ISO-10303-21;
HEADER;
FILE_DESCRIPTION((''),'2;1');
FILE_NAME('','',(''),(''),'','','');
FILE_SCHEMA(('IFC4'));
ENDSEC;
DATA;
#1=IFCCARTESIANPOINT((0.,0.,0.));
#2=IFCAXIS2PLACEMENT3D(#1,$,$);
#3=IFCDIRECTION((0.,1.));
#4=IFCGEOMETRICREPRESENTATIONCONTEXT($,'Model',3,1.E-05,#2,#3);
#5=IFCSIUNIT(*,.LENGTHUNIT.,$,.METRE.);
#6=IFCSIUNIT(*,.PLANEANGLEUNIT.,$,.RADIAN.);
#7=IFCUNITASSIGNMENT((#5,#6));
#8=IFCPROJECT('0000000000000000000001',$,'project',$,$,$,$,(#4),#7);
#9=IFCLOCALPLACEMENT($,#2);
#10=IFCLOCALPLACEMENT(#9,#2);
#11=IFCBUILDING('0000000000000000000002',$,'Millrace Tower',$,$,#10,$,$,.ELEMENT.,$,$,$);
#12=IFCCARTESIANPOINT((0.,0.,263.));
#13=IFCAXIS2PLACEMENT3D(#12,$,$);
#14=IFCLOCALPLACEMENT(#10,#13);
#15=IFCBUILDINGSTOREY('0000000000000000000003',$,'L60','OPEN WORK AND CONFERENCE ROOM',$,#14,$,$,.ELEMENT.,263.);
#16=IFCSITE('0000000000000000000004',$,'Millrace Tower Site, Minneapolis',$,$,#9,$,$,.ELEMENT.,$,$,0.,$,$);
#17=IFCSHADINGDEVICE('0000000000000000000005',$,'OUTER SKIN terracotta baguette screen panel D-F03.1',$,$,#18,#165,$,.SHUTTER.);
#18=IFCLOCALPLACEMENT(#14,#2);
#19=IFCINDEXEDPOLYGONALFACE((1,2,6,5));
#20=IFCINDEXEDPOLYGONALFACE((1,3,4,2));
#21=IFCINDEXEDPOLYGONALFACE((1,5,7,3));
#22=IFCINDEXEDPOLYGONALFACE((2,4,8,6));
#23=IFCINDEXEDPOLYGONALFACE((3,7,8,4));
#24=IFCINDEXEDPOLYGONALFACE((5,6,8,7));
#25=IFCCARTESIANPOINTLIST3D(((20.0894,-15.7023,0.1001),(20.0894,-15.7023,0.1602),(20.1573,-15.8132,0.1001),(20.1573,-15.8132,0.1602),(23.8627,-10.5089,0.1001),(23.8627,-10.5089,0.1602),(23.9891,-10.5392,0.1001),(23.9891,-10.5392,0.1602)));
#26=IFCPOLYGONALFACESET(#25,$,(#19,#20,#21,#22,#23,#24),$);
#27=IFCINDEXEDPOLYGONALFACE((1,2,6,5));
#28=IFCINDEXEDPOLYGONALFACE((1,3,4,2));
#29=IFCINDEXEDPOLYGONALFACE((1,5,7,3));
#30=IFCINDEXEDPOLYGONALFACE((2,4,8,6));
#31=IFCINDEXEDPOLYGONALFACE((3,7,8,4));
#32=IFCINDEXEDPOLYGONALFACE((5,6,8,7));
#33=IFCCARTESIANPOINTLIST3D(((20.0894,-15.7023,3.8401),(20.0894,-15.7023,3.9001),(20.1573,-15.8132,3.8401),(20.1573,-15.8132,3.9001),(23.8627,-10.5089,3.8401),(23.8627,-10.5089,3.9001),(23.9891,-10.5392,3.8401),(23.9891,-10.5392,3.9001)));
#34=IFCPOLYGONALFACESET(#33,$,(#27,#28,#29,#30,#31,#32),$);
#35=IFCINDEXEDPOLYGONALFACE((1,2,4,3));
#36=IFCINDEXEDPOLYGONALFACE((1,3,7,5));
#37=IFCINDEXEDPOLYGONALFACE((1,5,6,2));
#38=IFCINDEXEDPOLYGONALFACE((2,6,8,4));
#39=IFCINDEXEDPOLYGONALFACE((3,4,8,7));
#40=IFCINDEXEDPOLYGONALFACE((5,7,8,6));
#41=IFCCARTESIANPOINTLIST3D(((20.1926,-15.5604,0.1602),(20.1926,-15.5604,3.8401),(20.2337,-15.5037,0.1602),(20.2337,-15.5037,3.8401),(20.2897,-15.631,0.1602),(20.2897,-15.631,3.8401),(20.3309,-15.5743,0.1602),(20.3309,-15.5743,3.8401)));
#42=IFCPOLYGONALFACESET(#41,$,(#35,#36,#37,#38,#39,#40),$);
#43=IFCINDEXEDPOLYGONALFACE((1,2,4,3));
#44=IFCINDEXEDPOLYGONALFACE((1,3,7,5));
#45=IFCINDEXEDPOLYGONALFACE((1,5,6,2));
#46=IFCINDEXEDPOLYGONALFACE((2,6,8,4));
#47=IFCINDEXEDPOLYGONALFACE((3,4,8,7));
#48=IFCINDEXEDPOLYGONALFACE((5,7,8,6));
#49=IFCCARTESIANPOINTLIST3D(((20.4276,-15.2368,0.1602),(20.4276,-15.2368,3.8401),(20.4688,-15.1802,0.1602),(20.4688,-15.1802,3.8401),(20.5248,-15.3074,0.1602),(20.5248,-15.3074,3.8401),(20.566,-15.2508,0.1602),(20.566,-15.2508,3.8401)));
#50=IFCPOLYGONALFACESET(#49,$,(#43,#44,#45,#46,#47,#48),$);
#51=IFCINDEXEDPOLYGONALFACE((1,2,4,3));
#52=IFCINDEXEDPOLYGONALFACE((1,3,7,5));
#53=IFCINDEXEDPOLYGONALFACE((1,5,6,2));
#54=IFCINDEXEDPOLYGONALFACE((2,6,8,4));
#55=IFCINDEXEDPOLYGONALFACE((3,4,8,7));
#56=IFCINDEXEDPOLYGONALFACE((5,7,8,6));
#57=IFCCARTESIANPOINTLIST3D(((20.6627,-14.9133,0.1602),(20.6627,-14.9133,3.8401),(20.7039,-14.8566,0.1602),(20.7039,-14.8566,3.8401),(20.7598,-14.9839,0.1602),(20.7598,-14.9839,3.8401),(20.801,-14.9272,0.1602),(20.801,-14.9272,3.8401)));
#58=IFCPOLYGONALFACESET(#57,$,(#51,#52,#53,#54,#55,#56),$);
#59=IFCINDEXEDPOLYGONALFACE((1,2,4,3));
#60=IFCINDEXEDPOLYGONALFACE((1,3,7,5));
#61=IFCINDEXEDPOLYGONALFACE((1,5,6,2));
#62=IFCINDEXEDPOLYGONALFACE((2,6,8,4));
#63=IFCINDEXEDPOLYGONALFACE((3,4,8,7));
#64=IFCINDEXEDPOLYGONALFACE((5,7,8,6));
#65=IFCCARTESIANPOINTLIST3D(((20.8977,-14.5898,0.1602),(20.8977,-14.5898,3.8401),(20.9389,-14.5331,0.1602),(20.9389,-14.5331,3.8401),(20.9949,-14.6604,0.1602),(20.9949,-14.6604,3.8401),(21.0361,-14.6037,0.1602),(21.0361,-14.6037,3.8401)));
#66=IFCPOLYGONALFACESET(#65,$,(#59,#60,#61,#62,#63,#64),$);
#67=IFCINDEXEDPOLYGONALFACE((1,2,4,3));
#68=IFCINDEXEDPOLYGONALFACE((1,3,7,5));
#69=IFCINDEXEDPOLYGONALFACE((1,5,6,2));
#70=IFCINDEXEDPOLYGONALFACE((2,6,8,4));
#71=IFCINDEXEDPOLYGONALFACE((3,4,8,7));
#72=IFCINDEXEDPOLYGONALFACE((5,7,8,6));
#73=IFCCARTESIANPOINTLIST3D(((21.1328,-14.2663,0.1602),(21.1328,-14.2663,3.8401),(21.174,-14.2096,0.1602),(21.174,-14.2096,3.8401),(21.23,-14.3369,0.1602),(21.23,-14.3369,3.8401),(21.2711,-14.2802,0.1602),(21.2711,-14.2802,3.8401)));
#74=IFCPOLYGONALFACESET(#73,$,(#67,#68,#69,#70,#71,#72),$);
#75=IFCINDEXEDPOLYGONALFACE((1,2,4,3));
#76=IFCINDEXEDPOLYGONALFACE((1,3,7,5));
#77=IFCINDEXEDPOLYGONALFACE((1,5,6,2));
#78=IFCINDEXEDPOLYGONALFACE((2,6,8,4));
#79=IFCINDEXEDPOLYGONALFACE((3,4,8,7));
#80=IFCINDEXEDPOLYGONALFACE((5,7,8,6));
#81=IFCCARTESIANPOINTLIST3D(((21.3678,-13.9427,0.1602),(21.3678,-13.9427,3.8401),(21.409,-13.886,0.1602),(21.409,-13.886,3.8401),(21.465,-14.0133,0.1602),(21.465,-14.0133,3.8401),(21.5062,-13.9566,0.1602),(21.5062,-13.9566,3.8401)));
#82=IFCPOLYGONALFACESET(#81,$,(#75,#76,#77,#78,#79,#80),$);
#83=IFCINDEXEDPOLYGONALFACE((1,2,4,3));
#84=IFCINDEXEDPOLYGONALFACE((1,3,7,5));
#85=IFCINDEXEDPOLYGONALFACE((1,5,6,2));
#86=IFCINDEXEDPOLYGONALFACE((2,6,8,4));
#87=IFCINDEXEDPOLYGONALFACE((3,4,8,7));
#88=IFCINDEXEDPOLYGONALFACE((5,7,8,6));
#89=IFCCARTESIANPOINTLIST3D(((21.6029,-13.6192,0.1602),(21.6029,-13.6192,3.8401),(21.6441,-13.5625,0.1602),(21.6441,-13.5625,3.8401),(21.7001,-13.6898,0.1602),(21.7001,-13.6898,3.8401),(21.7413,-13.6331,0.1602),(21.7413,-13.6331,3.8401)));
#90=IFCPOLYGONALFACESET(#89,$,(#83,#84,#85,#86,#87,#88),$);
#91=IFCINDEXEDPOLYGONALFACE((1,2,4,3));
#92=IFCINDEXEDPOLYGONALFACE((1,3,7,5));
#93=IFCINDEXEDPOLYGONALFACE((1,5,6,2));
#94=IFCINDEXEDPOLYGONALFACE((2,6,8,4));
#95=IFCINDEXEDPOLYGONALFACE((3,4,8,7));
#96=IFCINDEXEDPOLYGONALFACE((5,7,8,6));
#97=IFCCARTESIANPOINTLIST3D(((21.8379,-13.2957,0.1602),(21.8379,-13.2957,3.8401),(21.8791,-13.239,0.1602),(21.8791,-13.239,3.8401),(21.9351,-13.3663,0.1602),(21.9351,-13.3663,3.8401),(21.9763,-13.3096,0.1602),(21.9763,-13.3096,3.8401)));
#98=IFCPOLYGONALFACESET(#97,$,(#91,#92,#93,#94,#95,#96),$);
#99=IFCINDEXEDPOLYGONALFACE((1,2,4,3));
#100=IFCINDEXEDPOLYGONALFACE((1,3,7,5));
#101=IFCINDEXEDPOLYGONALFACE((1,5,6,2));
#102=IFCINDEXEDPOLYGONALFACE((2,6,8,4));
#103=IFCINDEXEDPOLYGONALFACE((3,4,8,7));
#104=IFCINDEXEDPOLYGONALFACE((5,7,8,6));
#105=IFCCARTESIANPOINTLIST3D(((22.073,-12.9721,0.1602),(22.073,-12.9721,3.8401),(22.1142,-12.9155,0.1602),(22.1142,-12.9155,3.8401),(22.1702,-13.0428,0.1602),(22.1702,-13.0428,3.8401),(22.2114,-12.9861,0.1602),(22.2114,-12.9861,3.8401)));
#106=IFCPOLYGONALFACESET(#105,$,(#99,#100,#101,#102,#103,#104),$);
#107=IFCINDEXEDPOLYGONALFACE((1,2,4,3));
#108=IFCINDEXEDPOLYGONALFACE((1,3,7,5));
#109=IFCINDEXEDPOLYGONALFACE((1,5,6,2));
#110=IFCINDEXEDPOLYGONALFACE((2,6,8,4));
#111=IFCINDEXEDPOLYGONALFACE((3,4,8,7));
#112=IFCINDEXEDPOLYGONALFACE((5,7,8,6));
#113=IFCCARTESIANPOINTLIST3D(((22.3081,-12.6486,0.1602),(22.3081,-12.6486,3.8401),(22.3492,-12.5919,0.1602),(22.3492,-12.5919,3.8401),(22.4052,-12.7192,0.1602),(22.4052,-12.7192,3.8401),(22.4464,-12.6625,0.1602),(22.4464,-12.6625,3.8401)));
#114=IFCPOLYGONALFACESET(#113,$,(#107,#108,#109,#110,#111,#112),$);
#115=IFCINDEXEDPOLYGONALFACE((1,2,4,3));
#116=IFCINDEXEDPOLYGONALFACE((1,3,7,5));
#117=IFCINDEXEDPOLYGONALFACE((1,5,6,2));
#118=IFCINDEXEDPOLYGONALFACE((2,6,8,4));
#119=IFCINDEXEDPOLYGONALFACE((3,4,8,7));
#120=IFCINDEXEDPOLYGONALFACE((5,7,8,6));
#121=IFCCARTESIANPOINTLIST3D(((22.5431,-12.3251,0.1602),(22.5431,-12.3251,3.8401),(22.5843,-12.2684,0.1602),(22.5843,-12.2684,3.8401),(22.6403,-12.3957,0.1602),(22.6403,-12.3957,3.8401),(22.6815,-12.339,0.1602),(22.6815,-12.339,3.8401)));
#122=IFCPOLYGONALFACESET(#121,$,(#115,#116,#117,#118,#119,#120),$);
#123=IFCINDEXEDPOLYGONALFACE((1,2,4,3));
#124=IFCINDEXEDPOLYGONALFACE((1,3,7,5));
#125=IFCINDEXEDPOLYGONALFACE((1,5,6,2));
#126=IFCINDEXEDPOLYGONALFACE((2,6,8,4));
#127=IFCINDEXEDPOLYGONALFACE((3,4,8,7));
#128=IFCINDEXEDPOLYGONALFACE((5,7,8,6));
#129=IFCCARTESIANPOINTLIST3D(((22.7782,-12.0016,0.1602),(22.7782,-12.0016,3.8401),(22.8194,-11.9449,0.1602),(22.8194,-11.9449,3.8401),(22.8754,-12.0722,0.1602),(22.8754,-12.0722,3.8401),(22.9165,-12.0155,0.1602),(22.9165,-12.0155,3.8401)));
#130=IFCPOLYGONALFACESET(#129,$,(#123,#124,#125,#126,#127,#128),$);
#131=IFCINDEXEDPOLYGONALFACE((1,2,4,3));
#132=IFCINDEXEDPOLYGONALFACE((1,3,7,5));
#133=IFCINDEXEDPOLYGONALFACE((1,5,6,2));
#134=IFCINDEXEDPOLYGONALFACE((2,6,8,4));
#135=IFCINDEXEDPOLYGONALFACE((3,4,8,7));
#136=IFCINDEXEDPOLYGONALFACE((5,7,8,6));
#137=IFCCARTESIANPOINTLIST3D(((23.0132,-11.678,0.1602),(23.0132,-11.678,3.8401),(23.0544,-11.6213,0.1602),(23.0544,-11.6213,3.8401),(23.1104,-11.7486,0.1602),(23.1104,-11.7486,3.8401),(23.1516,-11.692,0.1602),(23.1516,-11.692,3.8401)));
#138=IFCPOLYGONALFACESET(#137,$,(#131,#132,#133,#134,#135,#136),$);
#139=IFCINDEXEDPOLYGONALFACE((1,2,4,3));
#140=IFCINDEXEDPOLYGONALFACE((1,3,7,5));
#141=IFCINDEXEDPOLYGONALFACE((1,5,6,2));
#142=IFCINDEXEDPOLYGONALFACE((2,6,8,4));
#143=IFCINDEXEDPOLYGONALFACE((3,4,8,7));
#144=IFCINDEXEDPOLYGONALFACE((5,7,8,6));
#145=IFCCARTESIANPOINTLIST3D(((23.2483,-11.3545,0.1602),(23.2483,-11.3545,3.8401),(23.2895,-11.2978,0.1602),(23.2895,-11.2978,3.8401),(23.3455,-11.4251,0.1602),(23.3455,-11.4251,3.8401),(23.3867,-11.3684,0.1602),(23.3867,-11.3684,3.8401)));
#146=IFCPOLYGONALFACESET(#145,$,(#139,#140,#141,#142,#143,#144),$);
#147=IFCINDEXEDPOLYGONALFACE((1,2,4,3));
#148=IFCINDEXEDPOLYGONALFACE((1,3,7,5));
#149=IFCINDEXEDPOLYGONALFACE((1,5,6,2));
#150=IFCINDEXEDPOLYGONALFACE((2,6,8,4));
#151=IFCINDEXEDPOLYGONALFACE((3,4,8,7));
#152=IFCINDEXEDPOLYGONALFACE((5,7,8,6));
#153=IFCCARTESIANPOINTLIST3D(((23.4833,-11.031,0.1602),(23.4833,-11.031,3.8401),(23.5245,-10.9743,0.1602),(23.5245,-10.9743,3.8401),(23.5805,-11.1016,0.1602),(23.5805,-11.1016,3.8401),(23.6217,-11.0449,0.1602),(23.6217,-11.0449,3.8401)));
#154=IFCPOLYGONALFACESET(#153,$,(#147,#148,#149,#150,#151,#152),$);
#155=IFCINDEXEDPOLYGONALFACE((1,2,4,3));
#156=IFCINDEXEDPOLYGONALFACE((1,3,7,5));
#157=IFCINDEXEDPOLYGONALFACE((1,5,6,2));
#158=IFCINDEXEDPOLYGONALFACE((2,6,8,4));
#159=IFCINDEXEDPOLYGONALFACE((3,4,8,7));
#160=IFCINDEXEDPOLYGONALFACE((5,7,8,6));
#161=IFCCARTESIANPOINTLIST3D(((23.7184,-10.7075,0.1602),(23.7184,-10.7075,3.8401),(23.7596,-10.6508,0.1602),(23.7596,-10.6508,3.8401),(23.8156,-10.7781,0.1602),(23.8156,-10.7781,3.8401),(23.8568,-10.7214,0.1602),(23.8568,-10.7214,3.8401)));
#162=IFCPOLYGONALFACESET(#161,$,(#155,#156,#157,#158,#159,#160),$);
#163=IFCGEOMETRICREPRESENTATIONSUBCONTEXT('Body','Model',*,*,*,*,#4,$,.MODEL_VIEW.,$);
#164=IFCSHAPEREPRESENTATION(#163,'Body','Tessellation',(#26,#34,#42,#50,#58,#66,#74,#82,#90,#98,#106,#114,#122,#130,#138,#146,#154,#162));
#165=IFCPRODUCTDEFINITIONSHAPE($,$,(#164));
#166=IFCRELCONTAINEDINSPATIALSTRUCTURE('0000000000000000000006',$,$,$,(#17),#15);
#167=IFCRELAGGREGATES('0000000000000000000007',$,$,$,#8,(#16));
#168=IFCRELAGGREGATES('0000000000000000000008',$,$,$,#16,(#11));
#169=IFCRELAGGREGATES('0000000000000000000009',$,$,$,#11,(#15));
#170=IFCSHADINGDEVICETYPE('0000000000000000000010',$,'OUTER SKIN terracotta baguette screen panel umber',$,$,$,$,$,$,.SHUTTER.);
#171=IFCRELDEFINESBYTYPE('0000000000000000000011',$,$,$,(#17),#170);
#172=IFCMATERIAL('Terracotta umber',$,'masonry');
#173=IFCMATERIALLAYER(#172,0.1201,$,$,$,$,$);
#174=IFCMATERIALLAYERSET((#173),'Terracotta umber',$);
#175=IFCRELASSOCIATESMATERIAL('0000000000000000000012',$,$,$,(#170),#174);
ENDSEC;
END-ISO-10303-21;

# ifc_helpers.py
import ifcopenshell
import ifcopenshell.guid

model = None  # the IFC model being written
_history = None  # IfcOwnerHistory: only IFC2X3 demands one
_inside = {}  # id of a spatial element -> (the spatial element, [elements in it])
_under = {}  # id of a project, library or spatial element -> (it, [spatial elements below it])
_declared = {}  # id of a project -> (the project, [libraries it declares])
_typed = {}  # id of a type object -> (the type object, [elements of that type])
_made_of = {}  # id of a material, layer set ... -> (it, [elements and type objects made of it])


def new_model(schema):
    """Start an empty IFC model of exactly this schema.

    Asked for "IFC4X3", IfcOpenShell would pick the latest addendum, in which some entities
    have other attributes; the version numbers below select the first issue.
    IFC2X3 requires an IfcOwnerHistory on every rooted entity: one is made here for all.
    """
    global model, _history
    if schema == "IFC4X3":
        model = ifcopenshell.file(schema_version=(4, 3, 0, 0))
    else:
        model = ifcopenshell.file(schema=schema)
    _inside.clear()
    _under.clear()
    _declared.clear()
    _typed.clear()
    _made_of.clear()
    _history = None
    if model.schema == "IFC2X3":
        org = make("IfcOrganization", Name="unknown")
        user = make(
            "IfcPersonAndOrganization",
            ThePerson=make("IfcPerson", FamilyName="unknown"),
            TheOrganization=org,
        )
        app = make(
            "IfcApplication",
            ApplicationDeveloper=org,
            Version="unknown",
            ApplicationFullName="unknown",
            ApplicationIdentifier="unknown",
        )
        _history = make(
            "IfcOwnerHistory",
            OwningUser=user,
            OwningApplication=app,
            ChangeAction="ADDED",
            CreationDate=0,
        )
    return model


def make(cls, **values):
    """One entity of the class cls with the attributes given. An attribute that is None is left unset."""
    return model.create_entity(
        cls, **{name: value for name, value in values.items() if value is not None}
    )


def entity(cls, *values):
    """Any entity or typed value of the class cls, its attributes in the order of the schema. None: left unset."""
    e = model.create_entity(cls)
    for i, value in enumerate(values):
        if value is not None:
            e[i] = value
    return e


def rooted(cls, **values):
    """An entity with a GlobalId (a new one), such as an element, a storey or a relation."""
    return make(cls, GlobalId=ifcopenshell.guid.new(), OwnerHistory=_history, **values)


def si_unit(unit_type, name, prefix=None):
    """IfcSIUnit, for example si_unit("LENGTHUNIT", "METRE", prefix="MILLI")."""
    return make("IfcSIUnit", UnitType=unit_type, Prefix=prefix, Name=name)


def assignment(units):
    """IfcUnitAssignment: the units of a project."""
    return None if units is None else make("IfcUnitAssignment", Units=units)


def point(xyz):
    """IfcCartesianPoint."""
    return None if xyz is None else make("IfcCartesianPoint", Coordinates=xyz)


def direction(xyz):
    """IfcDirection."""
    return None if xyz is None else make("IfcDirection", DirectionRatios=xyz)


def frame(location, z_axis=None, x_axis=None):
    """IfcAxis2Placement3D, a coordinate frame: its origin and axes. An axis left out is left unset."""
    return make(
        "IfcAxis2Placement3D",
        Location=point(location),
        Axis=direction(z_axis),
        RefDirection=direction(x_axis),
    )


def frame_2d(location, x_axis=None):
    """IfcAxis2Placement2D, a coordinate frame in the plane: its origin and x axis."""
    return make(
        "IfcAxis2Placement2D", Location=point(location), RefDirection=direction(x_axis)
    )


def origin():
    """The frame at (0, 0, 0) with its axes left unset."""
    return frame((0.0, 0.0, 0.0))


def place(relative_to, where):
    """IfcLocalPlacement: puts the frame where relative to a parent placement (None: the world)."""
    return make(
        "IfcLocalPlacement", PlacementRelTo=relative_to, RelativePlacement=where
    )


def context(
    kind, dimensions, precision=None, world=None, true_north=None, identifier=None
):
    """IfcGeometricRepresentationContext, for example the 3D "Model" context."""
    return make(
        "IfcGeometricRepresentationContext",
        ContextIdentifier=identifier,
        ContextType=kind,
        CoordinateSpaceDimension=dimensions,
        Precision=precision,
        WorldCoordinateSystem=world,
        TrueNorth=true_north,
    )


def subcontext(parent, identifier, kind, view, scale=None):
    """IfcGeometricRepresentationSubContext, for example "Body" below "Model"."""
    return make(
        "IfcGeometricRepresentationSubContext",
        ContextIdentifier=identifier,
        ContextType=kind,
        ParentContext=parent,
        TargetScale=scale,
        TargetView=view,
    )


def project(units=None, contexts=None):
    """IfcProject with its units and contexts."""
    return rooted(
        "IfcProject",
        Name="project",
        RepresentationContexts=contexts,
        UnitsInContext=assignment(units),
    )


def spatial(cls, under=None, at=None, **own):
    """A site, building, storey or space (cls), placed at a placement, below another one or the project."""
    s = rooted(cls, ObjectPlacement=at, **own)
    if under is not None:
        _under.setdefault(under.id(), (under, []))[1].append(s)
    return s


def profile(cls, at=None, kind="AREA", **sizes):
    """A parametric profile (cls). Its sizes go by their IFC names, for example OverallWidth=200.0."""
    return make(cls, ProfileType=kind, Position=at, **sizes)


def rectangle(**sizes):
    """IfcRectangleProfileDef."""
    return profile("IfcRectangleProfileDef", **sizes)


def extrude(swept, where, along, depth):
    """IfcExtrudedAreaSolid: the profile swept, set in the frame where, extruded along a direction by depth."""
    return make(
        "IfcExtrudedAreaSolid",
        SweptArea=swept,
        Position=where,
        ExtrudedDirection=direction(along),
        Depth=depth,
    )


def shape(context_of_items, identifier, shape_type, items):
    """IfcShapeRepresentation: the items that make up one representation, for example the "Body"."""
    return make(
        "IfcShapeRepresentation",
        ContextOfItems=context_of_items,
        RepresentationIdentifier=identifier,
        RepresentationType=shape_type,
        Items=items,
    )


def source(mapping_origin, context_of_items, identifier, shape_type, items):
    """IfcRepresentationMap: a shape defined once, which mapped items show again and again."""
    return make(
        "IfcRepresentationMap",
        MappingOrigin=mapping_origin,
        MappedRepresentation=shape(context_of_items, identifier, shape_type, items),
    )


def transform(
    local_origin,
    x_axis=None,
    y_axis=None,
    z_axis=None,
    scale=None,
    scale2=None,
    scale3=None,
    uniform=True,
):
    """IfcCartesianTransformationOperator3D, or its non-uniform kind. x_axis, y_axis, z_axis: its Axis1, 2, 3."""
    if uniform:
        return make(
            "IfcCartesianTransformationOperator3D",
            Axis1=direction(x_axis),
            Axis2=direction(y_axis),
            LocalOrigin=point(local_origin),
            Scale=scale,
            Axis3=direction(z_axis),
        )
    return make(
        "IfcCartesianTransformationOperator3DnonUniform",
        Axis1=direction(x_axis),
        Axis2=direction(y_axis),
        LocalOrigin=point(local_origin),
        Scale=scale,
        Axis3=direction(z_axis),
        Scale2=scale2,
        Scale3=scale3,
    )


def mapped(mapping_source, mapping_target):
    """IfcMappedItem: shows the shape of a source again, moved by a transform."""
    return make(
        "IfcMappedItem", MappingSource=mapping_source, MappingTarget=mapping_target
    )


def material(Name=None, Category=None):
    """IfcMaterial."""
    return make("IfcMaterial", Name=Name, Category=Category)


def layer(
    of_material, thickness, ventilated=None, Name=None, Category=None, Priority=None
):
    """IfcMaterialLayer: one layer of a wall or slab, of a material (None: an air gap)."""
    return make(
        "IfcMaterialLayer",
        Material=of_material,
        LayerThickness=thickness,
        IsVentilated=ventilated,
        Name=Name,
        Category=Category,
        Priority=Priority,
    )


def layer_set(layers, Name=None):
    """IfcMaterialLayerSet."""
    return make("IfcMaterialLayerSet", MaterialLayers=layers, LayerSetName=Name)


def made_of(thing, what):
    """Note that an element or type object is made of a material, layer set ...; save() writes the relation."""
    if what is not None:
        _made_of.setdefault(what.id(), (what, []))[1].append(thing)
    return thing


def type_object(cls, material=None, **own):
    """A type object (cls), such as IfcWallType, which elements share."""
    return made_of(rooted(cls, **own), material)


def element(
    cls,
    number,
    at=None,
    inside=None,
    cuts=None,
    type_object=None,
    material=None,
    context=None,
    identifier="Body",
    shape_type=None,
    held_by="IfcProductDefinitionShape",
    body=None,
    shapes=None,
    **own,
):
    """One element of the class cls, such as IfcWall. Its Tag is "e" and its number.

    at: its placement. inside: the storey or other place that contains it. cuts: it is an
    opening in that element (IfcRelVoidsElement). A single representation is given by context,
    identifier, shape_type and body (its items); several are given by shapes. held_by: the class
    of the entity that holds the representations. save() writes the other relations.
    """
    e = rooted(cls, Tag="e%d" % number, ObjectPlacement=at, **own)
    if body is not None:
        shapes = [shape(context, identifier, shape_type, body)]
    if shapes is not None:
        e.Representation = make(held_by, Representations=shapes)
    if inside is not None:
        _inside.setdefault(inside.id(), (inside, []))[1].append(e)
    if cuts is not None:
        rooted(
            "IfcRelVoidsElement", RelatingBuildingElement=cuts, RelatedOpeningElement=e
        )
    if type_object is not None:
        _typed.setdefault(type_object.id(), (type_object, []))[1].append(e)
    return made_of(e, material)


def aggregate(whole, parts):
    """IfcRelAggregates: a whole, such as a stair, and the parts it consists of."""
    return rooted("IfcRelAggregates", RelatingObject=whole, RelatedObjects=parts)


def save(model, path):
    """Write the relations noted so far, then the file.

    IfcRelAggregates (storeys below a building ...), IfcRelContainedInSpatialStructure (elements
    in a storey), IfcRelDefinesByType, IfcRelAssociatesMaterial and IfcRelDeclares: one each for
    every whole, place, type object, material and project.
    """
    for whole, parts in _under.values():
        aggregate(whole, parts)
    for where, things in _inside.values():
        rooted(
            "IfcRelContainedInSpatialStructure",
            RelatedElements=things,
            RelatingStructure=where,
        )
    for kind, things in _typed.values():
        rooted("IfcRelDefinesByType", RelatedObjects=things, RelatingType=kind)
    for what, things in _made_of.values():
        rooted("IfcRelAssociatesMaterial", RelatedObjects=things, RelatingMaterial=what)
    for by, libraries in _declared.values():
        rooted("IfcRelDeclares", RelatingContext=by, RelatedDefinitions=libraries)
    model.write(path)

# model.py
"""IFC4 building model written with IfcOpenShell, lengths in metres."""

from ifc_helpers import new_model, entity, si_unit, direction, frame, frame_2d, origin, place, context, subcontext, project, spatial, rectangle, extrude, source, transform, mapped, material, layer, layer_set, type_object, element, save


model = new_model("IFC4")

# Units and contexts
model_context = context("Model", 3, precision=1e-05, world=origin(), true_north=direction((0.0, 1.0)))
body_context = subcontext(model_context, "Body", "Model", "MODEL_VIEW")
ifc_project = project(units=[si_unit("LENGTHUNIT", "METRE"), si_unit("PLANEANGLEUNIT", "RADIAN")], contexts=[model_context])

# Site, building, storey
site_placement = place(None, origin())
site = spatial("IfcSite", under=ifc_project, at=site_placement, Name="Millrace Tower Site, Minneapolis", CompositionType="ELEMENT", RefElevation=0.0)
building_placement = place(site_placement, origin())
building = spatial("IfcBuilding", under=site, at=building_placement, Name="Millrace Tower", CompositionType="ELEMENT")
storey_placement = place(building_placement, frame((0.0, 0.0, 263.0)))
storey = spatial("IfcBuildingStorey", under=building, at=storey_placement, Name="L60", Description="OPEN WORK AND CONFERENCE ROOM", CompositionType="ELEMENT", Elevation=263.0)

# Shading device
ifc_material_1 = material(Name="Terracotta umber", Category="masonry")
ifc_layer_1 = layer(ifc_material_1, 0.1201)
ifc_layer_set_1 = layer_set([ifc_layer_1], Name="Terracotta umber")
shading_device_type = type_object("IfcShadingDeviceType", Name="OUTER SKIN terracotta baguette screen panel umber", PredefinedType="SHUTTER", material=ifc_layer_set_1)
cartesian_point_1 = entity("IfcCartesianPoint", [-3.2097, 0.0601])
shared_polyline_1 = entity("IfcPolyline", [cartesian_point_1, entity("IfcCartesianPoint", [3.2097, 0.0601]), entity("IfcCartesianPoint", [3.2595, -0.0601]), entity("IfcCartesianPoint", [-3.2595, -0.0601]), cartesian_point_1])
shared_shape_1 = source(origin(), body_context, "Body", "SweptSolid", [
    entity("IfcExtrudedAreaSolid", entity("IfcArbitraryClosedProfileDef", "AREA", None, shared_polyline_1), entity("IfcAxis2Placement3D", entity("IfcCartesianPoint", [0.0, 0.0, 0.0])), entity("IfcDirection", [0.0, 0.0, 1.0]), 0.0601),
    entity("IfcExtrudedAreaSolid", entity("IfcArbitraryClosedProfileDef", "AREA", None, shared_polyline_1), entity("IfcAxis2Placement3D", entity("IfcCartesianPoint", [0.0, 0.0, 3.74])), entity("IfcDirection", [0.0, 0.0, 1.0]), 0.0601),
    extrude(rectangle(XDim=0.0701, YDim=0.1201, at=frame_2d((-2.9993, 0.0))), frame((0.0, 0.0, 0.0601)), (0.0, 0.0, 1.0), 3.6799),
    extrude(rectangle(XDim=0.0701, YDim=0.1201, at=frame_2d((-2.5994, 0.0))), frame((0.0, 0.0, 0.0601)), (0.0, 0.0, 1.0), 3.6799),
    extrude(rectangle(XDim=0.0701, YDim=0.1201, at=frame_2d((-2.1995, 0.0))), frame((0.0, 0.0, 0.0601)), (0.0, 0.0, 1.0), 3.6799),
    extrude(rectangle(XDim=0.0701, YDim=0.1201, at=frame_2d((-1.7996, 0.0))), frame((0.0, 0.0, 0.0601)), (0.0, 0.0, 1.0), 3.6799),
    extrude(rectangle(XDim=0.0701, YDim=0.1201, at=frame_2d((-1.3997, 0.0))), frame((0.0, 0.0, 0.0601)), (0.0, 0.0, 1.0), 3.6799),
    extrude(rectangle(XDim=0.0701, YDim=0.1201, at=frame_2d((-0.9998, 0.0))), frame((0.0, 0.0, 0.0601)), (0.0, 0.0, 1.0), 3.6799),
    extrude(rectangle(XDim=0.0701, YDim=0.1201, at=frame_2d((-0.5999, 0.0))), frame((0.0, 0.0, 0.0601)), (0.0, 0.0, 1.0), 3.6799),
    extrude(rectangle(XDim=0.0701, YDim=0.1201, at=frame_2d((-0.2, 0.0))), frame((0.0, 0.0, 0.0601)), (0.0, 0.0, 1.0), 3.6799),
    extrude(rectangle(XDim=0.0701, YDim=0.1201, at=frame_2d((0.2, 0.0))), frame((0.0, 0.0, 0.0601)), (0.0, 0.0, 1.0), 3.6799),
    extrude(rectangle(XDim=0.0701, YDim=0.1201, at=frame_2d((0.5999, 0.0))), frame((0.0, 0.0, 0.0601)), (0.0, 0.0, 1.0), 3.6799),
    extrude(rectangle(XDim=0.0701, YDim=0.1201, at=frame_2d((0.9998, 0.0))), frame((0.0, 0.0, 0.0601)), (0.0, 0.0, 1.0), 3.6799),
    extrude(rectangle(XDim=0.0701, YDim=0.1201, at=frame_2d((1.3997, 0.0))), frame((0.0, 0.0, 0.0601)), (0.0, 0.0, 1.0), 3.6799),
    extrude(rectangle(XDim=0.0701, YDim=0.1201, at=frame_2d((1.7996, 0.0))), frame((0.0, 0.0, 0.0601)), (0.0, 0.0, 1.0), 3.6799),
    extrude(rectangle(XDim=0.0701, YDim=0.1201, at=frame_2d((2.1995, 0.0))), frame((0.0, 0.0, 0.0601)), (0.0, 0.0, 1.0), 3.6799),
    extrude(rectangle(XDim=0.0701, YDim=0.1201, at=frame_2d((2.5994, 0.0))), frame((0.0, 0.0, 0.0601)), (0.0, 0.0, 1.0), 3.6799),
    extrude(rectangle(XDim=0.0701, YDim=0.1201, at=frame_2d((2.9993, 0.0))), frame((0.0, 0.0, 0.0601)), (0.0, 0.0, 1.0), 3.6799),
])
shading_device_1_placement = place(storey_placement, frame((22.0247, -13.1409, 0.1001), z_axis=(0.0, 0.0, 1.0), x_axis=(0.587785, 0.809017, 0.0)))
element("IfcShadingDevice", 1, at=shading_device_1_placement, inside=storey, type_object=shading_device_type, Name="OUTER SKIN terracotta baguette screen panel D-F03.1", PredefinedType="SHUTTER", context=body_context, shape_type="MappedRepresentation", body=[
    mapped(shared_shape_1, transform((0.0, 0.0, 0.0), scale=1.0)),
])

save(model, "model.ifc")
